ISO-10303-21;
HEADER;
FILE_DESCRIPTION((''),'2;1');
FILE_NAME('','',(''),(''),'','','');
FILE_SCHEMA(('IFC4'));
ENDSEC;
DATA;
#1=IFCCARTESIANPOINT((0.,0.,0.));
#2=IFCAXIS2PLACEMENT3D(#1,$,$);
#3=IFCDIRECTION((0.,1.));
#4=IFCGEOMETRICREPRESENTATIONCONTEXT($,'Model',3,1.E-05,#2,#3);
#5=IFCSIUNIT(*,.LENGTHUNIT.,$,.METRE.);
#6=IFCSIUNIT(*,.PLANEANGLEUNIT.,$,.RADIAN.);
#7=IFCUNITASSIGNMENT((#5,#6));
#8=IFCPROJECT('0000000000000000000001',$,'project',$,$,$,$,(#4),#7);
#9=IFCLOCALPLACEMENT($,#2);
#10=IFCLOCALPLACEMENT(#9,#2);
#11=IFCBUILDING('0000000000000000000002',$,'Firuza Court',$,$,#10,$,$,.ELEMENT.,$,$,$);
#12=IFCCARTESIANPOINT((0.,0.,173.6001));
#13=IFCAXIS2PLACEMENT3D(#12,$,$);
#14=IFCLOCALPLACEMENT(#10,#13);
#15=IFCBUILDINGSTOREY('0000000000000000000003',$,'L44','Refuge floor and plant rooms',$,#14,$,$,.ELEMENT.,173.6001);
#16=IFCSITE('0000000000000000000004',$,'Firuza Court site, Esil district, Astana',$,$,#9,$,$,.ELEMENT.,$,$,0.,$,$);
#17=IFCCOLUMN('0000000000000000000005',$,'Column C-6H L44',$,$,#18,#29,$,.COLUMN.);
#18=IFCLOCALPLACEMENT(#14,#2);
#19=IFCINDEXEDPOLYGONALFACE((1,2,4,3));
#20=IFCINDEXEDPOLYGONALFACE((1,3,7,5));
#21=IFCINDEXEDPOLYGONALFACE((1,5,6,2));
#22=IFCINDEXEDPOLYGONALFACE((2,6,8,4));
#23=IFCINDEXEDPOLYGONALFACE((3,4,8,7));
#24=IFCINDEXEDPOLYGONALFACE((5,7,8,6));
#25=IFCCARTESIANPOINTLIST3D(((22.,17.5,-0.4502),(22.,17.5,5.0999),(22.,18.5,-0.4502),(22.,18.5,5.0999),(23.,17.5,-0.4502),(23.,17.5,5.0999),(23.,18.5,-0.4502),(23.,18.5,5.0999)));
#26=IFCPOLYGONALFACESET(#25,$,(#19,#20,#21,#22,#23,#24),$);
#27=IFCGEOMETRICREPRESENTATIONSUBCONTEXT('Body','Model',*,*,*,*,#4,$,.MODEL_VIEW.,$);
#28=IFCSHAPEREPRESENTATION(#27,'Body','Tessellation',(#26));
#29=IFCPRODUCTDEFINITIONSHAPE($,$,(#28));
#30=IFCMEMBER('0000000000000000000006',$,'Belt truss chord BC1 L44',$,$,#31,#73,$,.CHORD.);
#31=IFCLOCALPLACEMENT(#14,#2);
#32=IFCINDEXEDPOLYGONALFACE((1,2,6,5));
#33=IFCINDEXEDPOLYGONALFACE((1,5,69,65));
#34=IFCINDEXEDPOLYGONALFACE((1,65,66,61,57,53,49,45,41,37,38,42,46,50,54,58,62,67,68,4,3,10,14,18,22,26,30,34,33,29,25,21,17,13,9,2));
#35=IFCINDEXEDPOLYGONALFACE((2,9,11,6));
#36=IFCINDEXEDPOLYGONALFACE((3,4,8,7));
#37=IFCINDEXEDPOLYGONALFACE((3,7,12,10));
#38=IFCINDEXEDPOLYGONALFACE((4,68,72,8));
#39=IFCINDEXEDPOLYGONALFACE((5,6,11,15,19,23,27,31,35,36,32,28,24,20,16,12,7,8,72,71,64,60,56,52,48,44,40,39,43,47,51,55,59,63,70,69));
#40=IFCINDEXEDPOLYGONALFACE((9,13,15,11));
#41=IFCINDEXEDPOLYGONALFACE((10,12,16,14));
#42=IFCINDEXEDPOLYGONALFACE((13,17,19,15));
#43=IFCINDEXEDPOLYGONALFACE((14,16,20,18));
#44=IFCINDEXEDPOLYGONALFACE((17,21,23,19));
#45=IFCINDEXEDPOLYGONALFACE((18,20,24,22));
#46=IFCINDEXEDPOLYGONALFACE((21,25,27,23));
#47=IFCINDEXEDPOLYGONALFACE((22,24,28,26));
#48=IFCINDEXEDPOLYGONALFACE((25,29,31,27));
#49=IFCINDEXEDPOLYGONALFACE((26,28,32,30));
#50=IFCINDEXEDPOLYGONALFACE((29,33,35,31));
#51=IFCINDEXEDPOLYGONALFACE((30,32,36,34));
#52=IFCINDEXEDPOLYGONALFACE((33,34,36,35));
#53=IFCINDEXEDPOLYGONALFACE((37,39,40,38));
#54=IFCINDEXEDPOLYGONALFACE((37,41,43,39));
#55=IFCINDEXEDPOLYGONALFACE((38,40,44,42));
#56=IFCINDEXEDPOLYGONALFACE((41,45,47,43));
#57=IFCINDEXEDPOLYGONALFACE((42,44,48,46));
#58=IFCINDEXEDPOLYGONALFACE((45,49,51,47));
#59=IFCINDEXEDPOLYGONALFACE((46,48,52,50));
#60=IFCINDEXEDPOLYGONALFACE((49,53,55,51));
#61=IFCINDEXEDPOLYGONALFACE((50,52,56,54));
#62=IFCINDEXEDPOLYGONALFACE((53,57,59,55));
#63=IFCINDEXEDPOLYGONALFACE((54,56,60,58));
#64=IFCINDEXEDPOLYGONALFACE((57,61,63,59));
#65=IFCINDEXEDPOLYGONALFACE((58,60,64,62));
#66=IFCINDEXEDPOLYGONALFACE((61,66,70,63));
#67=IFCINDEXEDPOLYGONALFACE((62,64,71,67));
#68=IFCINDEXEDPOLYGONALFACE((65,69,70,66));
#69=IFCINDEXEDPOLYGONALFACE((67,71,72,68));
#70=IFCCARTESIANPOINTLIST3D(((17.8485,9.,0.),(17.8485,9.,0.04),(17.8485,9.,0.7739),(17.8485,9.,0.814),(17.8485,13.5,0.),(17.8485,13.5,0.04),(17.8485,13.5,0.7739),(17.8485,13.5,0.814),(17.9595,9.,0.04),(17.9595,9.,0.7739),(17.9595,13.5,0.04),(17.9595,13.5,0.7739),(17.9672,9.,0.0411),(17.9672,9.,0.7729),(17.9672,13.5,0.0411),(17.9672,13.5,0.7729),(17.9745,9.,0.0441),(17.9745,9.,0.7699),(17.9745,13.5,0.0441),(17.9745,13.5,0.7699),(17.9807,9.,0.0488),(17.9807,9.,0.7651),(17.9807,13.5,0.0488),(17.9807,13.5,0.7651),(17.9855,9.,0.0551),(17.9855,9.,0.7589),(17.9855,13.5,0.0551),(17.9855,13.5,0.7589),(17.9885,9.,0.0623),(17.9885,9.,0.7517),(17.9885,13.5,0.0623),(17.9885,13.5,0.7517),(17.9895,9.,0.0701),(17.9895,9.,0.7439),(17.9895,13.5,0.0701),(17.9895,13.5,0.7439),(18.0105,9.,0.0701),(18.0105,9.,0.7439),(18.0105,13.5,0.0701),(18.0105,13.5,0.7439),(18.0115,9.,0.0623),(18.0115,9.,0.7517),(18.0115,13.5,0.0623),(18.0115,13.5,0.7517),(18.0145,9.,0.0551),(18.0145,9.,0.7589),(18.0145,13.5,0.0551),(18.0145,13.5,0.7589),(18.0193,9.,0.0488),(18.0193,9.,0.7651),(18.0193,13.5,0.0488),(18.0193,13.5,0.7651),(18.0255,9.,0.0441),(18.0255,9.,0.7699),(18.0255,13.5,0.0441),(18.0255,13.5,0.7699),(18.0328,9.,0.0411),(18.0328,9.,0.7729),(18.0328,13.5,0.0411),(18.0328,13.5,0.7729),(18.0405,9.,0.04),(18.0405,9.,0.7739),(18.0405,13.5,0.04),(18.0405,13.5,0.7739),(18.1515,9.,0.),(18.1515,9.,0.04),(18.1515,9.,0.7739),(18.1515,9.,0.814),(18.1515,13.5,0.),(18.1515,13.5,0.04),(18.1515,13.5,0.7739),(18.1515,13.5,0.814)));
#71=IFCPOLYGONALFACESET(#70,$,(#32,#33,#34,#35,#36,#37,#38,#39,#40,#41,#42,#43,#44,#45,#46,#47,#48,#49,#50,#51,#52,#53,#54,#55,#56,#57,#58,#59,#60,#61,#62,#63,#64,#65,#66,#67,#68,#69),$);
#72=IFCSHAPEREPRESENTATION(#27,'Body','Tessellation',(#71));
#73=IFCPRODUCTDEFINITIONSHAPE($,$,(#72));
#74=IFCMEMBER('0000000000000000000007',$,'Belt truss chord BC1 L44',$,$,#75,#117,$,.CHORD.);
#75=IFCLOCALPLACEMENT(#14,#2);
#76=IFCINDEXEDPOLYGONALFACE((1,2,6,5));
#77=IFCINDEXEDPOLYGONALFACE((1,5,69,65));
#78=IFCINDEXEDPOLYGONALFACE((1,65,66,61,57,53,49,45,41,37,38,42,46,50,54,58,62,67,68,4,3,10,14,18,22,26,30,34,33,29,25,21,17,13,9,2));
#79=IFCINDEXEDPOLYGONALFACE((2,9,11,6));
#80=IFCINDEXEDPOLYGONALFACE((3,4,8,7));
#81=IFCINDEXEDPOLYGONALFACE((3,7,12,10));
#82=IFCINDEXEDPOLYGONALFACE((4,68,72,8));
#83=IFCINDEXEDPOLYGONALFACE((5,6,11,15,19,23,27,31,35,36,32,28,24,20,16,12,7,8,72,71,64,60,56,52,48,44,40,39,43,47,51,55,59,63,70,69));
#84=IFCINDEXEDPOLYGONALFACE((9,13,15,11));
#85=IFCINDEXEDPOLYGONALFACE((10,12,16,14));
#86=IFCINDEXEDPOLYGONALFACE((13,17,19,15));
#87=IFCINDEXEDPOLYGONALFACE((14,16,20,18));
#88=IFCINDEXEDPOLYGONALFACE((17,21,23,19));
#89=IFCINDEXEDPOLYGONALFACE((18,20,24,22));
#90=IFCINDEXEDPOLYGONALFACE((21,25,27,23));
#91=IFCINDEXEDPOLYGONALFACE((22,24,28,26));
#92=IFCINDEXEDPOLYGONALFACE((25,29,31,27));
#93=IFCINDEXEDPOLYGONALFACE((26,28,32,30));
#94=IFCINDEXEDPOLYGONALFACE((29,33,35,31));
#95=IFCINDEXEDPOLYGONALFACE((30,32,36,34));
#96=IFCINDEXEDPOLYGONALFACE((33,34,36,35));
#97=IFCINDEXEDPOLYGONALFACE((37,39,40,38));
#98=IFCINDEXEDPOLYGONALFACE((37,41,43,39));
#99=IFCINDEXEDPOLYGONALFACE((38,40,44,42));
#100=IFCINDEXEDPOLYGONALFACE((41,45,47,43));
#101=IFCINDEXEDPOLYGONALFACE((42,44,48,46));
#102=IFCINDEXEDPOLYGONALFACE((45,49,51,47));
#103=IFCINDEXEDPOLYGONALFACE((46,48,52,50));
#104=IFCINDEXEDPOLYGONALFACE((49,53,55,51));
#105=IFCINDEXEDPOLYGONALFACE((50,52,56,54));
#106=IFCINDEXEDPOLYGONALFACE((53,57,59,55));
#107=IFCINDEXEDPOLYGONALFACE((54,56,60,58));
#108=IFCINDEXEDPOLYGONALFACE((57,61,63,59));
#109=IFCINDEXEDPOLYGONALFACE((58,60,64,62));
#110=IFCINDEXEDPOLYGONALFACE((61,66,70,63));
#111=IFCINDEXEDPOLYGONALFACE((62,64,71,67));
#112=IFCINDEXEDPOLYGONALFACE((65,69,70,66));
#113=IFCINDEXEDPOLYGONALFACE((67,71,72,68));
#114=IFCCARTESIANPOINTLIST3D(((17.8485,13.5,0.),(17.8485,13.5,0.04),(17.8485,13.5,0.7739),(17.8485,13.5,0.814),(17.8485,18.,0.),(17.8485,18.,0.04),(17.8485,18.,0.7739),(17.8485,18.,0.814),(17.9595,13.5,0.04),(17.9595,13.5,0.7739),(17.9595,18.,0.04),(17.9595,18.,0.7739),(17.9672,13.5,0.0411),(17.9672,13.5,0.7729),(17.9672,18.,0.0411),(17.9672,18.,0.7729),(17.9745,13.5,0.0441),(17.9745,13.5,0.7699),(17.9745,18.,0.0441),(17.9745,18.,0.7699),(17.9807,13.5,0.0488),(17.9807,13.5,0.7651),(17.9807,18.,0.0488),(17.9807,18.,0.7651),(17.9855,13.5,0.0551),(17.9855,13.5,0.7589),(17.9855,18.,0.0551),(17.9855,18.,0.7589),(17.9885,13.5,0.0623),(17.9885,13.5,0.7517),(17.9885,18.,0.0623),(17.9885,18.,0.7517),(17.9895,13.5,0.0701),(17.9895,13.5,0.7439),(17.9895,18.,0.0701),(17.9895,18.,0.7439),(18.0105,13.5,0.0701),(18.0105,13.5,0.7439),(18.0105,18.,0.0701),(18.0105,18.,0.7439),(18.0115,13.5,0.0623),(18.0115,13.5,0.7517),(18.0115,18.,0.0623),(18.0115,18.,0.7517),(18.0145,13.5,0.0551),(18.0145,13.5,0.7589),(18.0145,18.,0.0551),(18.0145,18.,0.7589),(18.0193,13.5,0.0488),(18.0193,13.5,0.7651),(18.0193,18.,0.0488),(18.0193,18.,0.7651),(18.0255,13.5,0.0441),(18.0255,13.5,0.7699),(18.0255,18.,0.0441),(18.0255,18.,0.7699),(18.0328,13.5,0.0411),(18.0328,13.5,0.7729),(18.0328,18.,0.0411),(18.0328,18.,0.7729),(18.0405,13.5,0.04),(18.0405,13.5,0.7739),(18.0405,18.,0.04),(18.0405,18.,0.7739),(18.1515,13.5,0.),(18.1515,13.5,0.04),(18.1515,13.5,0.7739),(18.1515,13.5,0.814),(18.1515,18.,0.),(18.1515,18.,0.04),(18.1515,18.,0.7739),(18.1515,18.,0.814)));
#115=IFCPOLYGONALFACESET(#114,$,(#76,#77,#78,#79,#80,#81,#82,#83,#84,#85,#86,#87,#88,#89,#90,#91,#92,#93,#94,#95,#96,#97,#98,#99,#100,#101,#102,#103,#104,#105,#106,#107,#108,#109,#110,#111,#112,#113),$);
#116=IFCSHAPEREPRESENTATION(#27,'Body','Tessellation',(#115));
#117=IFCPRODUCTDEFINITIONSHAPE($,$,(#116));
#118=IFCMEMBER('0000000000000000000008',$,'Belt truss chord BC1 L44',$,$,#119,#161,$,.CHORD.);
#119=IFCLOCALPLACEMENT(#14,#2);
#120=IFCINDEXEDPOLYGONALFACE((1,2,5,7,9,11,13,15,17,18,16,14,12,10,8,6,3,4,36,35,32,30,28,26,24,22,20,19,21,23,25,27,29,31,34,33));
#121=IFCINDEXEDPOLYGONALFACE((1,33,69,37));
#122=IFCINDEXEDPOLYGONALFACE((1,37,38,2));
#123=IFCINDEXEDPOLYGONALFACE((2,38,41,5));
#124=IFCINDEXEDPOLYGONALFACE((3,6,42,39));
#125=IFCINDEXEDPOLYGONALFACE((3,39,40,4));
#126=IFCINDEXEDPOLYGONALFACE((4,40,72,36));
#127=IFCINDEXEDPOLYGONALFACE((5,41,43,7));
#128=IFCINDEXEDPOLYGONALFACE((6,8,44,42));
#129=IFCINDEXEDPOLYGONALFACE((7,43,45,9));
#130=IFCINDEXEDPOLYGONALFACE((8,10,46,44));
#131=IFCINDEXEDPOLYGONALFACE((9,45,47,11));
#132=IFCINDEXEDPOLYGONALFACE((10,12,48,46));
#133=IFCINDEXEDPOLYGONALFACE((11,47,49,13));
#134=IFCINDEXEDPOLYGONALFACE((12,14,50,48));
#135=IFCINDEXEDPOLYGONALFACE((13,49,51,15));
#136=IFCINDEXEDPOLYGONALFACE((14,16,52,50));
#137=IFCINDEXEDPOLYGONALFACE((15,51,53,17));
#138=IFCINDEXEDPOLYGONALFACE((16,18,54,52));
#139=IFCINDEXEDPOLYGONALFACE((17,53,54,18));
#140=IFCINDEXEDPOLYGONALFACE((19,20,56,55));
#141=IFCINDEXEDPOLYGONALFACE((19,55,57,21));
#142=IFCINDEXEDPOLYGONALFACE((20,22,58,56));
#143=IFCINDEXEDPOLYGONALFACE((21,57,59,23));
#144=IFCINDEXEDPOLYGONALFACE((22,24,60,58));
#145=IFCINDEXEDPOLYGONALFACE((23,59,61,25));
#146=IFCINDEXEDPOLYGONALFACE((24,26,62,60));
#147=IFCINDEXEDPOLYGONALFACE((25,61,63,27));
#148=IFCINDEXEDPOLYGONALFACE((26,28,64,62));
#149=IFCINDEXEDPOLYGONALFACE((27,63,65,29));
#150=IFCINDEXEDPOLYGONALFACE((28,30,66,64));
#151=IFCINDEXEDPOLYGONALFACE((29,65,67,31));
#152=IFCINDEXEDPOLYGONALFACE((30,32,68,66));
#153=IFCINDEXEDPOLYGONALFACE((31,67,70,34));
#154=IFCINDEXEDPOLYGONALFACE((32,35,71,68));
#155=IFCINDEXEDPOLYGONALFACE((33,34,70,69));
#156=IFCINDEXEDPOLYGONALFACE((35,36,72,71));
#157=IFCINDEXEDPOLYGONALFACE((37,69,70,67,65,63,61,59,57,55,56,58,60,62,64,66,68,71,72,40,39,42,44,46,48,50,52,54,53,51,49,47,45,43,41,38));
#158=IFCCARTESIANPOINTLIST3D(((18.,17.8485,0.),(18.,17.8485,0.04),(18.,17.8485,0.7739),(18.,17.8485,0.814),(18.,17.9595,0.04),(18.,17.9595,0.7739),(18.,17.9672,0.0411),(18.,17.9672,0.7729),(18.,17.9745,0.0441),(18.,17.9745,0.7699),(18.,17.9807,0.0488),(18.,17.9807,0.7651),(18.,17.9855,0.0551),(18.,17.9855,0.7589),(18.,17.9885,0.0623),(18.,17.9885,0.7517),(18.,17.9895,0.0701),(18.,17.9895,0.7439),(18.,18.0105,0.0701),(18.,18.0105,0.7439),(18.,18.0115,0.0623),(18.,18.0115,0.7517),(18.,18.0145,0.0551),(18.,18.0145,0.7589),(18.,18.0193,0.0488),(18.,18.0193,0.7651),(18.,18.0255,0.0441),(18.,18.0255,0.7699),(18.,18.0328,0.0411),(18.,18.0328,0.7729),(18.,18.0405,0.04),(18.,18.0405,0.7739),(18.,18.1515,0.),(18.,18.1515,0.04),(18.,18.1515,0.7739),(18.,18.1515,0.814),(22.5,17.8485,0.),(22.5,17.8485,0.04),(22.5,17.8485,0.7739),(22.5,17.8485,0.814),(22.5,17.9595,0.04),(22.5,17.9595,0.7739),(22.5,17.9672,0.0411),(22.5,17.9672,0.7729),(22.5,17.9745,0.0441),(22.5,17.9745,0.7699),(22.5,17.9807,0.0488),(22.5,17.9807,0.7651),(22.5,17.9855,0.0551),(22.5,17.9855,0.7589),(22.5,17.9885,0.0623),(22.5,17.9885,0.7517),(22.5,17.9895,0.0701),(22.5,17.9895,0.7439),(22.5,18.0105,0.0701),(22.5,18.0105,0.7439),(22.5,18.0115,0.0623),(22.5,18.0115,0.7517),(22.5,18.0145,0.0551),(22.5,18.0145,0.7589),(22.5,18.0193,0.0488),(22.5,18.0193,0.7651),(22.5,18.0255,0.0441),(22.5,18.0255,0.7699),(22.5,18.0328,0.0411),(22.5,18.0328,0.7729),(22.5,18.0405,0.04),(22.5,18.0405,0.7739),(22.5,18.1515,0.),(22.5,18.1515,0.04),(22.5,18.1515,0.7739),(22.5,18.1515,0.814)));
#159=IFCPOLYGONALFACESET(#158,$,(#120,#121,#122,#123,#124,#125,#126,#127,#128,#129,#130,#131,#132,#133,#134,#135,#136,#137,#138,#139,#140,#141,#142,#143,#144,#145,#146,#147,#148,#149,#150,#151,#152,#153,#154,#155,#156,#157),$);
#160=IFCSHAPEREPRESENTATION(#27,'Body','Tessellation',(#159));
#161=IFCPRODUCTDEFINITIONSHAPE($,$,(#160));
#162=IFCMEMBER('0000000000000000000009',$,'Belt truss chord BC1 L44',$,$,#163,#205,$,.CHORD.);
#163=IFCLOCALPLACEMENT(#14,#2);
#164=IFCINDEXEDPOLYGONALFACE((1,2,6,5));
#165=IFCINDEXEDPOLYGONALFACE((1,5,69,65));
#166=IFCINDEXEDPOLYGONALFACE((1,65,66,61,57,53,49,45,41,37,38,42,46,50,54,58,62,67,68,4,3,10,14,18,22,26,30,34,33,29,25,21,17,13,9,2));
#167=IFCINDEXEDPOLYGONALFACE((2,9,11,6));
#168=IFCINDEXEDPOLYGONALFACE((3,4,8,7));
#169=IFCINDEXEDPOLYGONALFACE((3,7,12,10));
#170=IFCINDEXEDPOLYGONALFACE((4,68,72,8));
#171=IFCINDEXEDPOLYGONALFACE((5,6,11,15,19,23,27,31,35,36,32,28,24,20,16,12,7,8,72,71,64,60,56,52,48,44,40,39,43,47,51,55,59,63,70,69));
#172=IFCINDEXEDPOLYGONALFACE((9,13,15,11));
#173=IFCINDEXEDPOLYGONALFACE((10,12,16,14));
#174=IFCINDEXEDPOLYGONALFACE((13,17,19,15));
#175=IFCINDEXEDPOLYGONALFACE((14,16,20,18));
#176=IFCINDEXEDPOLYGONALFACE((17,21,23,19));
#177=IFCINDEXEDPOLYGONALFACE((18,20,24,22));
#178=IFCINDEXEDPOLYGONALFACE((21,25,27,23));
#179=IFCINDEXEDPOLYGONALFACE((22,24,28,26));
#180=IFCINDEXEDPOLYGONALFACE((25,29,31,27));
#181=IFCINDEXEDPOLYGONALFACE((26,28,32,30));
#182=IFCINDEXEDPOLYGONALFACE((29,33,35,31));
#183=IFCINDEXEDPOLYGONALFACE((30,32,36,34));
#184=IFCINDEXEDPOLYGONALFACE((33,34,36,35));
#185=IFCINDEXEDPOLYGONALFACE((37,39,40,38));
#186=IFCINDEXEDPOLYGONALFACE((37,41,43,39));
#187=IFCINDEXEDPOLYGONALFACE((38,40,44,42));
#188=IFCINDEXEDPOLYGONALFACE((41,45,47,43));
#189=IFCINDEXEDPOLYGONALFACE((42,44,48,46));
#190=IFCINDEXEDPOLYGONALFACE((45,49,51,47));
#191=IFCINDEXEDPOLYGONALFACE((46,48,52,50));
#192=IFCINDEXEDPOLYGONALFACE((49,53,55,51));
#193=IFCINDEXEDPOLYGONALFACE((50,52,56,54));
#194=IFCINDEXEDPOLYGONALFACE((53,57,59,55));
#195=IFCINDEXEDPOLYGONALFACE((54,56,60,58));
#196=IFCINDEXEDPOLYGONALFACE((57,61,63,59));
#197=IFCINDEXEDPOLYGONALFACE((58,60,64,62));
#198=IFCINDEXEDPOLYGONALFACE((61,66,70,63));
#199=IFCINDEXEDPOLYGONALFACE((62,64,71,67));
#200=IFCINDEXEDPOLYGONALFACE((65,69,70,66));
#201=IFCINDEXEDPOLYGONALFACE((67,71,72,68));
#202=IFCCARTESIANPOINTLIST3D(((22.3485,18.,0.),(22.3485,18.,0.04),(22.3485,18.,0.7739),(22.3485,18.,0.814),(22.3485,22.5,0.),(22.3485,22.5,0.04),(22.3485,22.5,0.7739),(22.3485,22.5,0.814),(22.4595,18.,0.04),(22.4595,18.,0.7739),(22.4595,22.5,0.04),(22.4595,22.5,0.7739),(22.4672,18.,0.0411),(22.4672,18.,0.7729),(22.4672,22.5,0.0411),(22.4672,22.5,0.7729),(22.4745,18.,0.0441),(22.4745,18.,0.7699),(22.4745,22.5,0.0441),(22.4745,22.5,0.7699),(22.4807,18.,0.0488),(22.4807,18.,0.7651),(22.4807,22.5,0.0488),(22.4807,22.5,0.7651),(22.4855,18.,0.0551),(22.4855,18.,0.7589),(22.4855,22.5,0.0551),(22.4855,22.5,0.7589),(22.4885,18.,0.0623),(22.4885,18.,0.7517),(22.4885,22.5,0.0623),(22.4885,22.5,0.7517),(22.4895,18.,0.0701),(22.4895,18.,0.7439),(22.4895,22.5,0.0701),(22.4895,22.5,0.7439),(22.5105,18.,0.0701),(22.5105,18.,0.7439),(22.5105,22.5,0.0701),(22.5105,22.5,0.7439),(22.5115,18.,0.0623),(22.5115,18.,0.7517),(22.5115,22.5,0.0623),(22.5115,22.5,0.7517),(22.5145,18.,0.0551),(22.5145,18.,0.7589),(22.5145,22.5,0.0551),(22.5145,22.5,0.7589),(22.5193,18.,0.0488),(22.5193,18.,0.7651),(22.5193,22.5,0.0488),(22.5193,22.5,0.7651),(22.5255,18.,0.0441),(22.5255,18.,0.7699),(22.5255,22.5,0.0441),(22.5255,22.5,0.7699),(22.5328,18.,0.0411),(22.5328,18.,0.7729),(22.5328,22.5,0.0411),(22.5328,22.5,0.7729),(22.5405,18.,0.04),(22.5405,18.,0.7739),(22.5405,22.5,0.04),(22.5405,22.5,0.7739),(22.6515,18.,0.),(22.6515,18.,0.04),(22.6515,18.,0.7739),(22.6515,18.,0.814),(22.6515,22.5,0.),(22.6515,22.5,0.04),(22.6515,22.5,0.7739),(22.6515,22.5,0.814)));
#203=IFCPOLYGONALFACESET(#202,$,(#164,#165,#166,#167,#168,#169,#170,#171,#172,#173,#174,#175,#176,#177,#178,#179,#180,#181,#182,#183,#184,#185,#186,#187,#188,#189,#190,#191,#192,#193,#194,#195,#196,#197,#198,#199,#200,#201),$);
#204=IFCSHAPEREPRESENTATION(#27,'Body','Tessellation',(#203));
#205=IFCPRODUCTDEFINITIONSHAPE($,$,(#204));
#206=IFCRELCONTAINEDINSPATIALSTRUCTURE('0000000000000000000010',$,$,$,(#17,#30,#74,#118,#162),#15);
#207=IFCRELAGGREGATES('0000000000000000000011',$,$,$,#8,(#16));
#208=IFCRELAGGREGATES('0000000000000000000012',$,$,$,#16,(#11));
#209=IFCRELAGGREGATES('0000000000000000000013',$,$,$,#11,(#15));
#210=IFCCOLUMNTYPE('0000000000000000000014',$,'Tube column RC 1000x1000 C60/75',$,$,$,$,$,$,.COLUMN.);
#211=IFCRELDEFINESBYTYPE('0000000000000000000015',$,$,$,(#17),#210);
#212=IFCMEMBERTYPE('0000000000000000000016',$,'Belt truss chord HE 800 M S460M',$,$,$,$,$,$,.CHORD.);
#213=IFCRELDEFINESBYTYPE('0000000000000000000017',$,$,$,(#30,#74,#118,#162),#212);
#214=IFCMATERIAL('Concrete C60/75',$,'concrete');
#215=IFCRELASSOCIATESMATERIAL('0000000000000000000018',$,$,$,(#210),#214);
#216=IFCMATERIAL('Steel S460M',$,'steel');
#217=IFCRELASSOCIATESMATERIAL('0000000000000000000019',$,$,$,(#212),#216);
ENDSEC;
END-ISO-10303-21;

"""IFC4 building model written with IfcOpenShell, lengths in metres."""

from ifc_helpers import new_model, si_unit, direction, frame, origin, origin_2d, place, context, subcontext, project, spatial, rectangle, i_section, extrude, material, material_profile, profile_set, type_object, element, save


model = new_model("IFC4")

# Units and contexts
model_context = context("Model", 3, precision=1e-05, world=origin(), true_north=direction((0.0, 1.0)))
body_context = subcontext(model_context, "Body", "Model", "MODEL_VIEW")
ifc_project = project(units=[si_unit("LENGTHUNIT", "METRE"), si_unit("PLANEANGLEUNIT", "RADIAN")], contexts=[model_context])

# Site, building, storey
site_placement = place(None, origin())
site = spatial("IfcSite", under=ifc_project, at=site_placement, Name="Firuza Court site, Esil district, Astana", CompositionType="ELEMENT", RefElevation=0.0)
building_placement = place(site_placement, origin())
building = spatial("IfcBuilding", under=site, at=building_placement, Name="Firuza Court", CompositionType="ELEMENT")
storey_placement = place(building_placement, frame((0.0, 0.0, 173.6001)))
storey = spatial("IfcBuildingStorey", under=building, at=storey_placement, Name="L44", Description="Refuge floor and plant rooms", CompositionType="ELEMENT", Elevation=173.6001)

# Column
ifc_material_1 = material(Name="Concrete C60/75", Category="concrete")
ifc_material_profile_1 = material_profile(ifc_material_1, rectangle(XDim=1.0, YDim=1.0, at=origin_2d()), Name="RC 1000x1000")
ifc_profile_set_1 = profile_set([ifc_material_profile_1], Name="Concrete C60/75")
column_type = type_object("IfcColumnType", Name="Tube column RC 1000x1000 C60/75", PredefinedType="COLUMN", material=ifc_profile_set_1)
column_placement = place(storey_placement, frame((22.5, 18.0, -0.4502), z_axis=(0.0, 0.0, 1.0), x_axis=(1.0, 0.0, 0.0)))
element("IfcColumn", 1, at=column_placement, inside=storey, type_object=column_type, Name="Column C-6H L44", PredefinedType="COLUMN", context=body_context, shape_type="SweptSolid", body=[
    extrude(rectangle(XDim=1.0, YDim=1.0, at=origin_2d()), origin(), (0.0, 0.0, 1.0), 5.55),
])

# Members
ifc_material_2 = material(Name="Steel S460M", Category="steel")
ifc_material_profile_2 = material_profile(ifc_material_2, i_section(OverallWidth=0.303, OverallDepth=0.814, WebThickness=0.021, FlangeThickness=0.04, FilletRadius=0.03, at=origin_2d()), Name="HE 800 M")
ifc_profile_set_2 = profile_set([ifc_material_profile_2], Name="Steel S460M")
member_type_1 = type_object("IfcMemberType", Name="Belt truss chord HE 800 M S460M", PredefinedType="CHORD", material=ifc_profile_set_2)
for number, where, z_axis, x_axis, name in (
    (2, (18.0, 9.0, 0.407), (0.0, 1.0, 0.0), (-1.0, 0.0, 0.0), "Belt truss chord BC1 L44"),
    (3, (18.0, 13.5, 0.407), (0.0, 1.0, 0.0), (-1.0, 0.0, 0.0), "Belt truss chord BC1 L44"),
    (4, (18.0, 18.0, 0.407), (1.0, 0.0, 0.0), (0.0, 1.0, 0.0), "Belt truss chord BC1 L44"),
    (5, (22.5, 18.0, 0.407), (0.0, 1.0, 0.0), (-1.0, 0.0, 0.0), "Belt truss chord BC1 L44"),
):
    element("IfcMember", number, at=place(storey_placement, frame(where, z_axis=z_axis, x_axis=x_axis)), inside=storey, type_object=member_type_1, Name=name, PredefinedType="CHORD", context=body_context, shape_type="SweptSolid", body=[
        extrude(i_section(OverallWidth=0.303, OverallDepth=0.814, WebThickness=0.021, FlangeThickness=0.04, FilletRadius=0.03, at=origin_2d()), origin(), (0.0, 0.0, 1.0), 4.5),
    ])

save(model, "model.ifc")
